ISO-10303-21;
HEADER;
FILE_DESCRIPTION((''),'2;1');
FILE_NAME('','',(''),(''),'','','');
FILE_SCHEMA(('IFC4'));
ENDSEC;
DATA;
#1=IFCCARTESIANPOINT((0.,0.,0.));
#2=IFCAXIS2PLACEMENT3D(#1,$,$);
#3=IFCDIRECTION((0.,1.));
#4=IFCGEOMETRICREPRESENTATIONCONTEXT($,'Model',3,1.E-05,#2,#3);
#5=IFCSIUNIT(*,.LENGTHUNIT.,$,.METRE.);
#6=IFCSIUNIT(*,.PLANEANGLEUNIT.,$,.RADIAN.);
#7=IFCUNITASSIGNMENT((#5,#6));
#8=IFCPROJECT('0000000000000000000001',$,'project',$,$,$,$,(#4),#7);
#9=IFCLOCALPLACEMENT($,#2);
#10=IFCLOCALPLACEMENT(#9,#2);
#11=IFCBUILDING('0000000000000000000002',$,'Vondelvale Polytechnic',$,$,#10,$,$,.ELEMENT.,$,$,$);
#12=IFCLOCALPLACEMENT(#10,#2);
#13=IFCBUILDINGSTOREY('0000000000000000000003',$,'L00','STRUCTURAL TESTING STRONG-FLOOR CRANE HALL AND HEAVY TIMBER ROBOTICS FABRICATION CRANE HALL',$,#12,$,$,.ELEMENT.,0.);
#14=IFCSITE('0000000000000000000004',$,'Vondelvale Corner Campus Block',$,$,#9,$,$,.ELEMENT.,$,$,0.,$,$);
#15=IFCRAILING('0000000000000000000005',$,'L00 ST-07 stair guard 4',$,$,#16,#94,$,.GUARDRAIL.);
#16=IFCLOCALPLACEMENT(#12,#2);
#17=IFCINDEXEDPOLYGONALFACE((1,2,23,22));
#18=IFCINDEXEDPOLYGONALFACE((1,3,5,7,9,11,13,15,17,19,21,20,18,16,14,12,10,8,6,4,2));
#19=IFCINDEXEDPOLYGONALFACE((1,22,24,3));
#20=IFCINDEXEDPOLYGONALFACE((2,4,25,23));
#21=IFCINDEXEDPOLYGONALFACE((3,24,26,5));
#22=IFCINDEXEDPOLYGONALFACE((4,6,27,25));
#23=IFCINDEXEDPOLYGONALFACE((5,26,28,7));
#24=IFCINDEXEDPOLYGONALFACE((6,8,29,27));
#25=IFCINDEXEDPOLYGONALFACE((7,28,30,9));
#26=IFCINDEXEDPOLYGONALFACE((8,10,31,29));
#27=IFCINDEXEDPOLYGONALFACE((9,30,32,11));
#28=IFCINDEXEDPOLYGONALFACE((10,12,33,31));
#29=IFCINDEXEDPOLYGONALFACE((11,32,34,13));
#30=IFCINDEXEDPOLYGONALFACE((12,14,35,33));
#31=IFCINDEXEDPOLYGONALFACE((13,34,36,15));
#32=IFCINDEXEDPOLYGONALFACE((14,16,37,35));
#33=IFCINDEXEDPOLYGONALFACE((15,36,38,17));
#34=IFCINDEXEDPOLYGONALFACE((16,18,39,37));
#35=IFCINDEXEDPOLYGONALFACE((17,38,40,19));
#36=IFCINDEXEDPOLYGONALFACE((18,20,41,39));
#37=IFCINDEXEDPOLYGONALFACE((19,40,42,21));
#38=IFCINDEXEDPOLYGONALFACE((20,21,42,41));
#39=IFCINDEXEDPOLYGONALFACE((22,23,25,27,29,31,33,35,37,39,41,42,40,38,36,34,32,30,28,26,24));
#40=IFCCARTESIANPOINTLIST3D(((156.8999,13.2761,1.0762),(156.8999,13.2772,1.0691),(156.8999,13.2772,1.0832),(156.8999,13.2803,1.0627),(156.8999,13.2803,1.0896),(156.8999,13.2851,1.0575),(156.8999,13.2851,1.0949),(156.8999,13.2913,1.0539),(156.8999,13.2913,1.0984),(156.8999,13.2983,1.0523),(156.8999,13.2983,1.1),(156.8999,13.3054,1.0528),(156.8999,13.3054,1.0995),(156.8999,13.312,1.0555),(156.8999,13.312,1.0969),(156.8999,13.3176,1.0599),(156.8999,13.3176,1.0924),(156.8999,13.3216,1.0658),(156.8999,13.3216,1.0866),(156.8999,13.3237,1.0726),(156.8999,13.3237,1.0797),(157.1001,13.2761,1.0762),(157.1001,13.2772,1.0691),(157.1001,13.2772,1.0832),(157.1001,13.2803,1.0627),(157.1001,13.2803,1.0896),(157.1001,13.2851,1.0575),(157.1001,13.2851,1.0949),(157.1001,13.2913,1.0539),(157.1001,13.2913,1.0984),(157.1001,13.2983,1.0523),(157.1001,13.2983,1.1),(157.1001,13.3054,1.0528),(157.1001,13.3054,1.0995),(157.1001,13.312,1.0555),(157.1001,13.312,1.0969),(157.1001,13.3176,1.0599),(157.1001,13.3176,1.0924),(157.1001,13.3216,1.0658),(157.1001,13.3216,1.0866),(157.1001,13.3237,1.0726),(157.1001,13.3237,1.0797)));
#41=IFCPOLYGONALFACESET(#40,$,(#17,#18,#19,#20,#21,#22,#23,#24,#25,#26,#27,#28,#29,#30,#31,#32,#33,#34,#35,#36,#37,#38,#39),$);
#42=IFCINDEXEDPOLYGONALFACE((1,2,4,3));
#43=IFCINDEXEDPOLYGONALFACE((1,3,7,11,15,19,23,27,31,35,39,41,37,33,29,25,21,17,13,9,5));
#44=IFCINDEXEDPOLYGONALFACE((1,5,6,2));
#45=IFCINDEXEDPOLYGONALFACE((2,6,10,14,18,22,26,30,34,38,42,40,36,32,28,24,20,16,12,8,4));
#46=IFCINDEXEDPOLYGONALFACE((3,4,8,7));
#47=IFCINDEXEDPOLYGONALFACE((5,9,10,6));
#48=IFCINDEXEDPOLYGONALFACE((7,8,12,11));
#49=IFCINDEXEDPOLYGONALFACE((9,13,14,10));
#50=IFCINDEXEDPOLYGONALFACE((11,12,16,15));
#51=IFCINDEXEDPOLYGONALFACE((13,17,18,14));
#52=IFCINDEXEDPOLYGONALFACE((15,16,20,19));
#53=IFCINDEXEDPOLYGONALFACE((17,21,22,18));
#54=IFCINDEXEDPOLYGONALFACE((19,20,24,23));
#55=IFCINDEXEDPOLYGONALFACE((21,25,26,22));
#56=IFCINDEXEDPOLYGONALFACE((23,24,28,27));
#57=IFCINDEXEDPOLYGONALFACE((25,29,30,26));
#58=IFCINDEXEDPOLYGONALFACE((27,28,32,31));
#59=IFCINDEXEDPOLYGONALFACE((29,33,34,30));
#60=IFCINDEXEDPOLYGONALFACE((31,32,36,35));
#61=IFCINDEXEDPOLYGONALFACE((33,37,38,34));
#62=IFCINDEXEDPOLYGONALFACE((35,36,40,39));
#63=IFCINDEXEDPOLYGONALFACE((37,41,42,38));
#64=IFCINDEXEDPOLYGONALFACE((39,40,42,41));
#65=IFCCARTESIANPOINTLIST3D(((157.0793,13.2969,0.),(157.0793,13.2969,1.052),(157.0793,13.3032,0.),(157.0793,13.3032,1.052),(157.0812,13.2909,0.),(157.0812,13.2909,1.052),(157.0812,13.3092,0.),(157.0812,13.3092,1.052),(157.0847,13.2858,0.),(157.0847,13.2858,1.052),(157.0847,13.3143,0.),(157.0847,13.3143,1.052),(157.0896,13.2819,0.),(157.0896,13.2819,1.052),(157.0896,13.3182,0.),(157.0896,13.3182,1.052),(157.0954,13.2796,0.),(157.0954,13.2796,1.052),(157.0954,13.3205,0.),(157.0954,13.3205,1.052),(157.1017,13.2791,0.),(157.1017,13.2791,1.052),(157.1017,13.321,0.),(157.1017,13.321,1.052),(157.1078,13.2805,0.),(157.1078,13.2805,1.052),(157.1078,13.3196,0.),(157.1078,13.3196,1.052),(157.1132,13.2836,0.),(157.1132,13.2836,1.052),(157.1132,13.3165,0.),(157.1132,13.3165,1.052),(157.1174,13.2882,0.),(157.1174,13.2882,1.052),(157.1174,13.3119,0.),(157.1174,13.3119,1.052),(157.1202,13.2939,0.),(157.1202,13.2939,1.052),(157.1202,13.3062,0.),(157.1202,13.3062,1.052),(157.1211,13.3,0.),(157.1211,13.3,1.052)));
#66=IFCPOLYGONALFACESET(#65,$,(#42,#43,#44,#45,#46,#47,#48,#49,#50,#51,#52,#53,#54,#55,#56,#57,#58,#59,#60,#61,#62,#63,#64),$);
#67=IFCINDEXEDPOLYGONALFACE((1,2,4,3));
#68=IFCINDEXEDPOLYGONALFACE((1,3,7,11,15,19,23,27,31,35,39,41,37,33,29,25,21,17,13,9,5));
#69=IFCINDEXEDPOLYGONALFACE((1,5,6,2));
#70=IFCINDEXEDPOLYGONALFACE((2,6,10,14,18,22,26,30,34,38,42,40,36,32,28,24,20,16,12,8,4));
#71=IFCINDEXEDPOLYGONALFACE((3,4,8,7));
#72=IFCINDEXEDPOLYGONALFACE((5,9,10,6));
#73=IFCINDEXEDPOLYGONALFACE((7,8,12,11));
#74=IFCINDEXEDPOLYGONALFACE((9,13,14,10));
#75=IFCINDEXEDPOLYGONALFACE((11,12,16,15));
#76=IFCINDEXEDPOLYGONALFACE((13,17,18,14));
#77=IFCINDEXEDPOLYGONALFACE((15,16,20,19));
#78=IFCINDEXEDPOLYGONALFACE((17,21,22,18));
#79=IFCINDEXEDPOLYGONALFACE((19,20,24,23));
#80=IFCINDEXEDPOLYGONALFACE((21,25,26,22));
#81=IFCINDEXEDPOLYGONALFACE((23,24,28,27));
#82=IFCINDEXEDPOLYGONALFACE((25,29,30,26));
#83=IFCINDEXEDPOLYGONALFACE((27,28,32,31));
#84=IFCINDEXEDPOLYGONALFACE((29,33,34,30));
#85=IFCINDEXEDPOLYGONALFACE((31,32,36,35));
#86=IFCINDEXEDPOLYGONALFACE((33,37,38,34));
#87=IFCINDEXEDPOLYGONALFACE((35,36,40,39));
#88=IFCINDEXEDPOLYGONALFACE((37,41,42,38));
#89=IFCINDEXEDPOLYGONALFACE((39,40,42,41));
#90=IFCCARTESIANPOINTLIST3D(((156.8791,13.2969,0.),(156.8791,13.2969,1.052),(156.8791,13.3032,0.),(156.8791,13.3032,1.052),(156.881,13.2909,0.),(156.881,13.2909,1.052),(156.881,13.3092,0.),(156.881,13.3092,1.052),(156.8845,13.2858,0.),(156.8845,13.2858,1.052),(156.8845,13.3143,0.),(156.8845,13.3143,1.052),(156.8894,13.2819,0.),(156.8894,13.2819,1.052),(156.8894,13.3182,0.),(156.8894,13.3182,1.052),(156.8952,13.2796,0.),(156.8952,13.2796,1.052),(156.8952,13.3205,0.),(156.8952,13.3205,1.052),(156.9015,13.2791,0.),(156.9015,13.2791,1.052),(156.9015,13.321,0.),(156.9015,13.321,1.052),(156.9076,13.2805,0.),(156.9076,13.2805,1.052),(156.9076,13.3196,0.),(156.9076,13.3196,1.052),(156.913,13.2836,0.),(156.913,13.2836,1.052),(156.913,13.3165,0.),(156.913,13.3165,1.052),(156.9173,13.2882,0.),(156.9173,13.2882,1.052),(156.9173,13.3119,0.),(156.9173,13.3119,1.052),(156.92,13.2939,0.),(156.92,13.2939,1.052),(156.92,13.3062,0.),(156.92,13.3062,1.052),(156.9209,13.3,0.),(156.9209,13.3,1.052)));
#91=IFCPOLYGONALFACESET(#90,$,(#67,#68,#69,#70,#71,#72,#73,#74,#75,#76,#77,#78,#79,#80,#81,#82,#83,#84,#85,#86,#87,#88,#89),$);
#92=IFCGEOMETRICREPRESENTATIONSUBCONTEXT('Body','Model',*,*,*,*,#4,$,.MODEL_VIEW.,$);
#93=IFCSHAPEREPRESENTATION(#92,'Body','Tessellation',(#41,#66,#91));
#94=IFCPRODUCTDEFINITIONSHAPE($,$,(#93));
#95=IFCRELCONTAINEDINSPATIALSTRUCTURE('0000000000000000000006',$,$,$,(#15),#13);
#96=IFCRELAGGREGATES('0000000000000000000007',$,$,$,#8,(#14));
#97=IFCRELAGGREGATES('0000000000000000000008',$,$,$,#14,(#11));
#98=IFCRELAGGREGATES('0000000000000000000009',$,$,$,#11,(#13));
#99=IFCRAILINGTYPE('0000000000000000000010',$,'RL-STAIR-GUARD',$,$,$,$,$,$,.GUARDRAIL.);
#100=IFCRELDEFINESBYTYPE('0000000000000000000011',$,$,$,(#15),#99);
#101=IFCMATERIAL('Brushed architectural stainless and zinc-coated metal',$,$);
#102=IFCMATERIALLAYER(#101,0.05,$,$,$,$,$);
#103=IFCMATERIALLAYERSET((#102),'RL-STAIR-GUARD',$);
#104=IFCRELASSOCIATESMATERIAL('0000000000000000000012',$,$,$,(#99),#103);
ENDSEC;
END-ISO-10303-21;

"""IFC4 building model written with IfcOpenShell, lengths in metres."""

from ifc_helpers import new_model, si_unit, direction, frame, origin, origin_2d, place, context, subcontext, project, spatial, circle, extrude, material, layer, layer_set, type_object, element, save


model = new_model("IFC4")

# Units and contexts
model_context = context("Model", 3, precision=1e-05, world=origin(), true_north=direction((0.0, 1.0)))
body_context = subcontext(model_context, "Body", "Model", "MODEL_VIEW")
ifc_project = project(units=[si_unit("LENGTHUNIT", "METRE"), si_unit("PLANEANGLEUNIT", "RADIAN")], contexts=[model_context])

# Site, building, storey
site_placement = place(None, origin())
site = spatial("IfcSite", under=ifc_project, at=site_placement, Name="Vondelvale Corner Campus Block", CompositionType="ELEMENT", RefElevation=0.0)
building_placement = place(site_placement, origin())
building = spatial("IfcBuilding", under=site, at=building_placement, Name="Vondelvale Polytechnic", CompositionType="ELEMENT")
storey_placement = place(building_placement, origin())
storey = spatial("IfcBuildingStorey", under=building, at=storey_placement, Name="L00", Description="STRUCTURAL TESTING STRONG-FLOOR CRANE HALL AND HEAVY TIMBER ROBOTICS FABRICATION CRANE HALL", CompositionType="ELEMENT", Elevation=0.0)

# Railing
ifc_material_1 = material(Name="Brushed architectural stainless and zinc-coated metal")
ifc_layer_1 = layer(ifc_material_1, 0.05)
ifc_layer_set_1 = layer_set([ifc_layer_1], Name="RL-STAIR-GUARD")
railing_type_1 = type_object("IfcRailingType", Name="RL-STAIR-GUARD", PredefinedType="GUARDRAIL", material=ifc_layer_set_1)
railing_1_placement = place(storey_placement, frame((157.1001, 13.3, 0.0)))
element("IfcRailing", 1, at=railing_1_placement, inside=storey, type_object=railing_type_1, Name="L00 ST-07 stair guard 4", PredefinedType="GUARDRAIL", context=body_context, shape_type="SweptSolid", body=[
    extrude(circle(Radius=0.0239, at=origin_2d()), frame((0.0, 0.0, 1.0762), z_axis=(-1.0, 0.0, 0.0), x_axis=(0.0, -1.0, 0.0)), (0.0, 0.0, 1.0), 0.2002),
    extrude(circle(Radius=0.021, at=origin_2d()), origin(), (0.0, 0.0, 1.0), 1.052),
    extrude(circle(Radius=0.021, at=origin_2d()), frame((-0.2002, 0.0, 0.0)), (0.0, 0.0, 1.0), 1.052),
])

save(model, "model.ifc")
